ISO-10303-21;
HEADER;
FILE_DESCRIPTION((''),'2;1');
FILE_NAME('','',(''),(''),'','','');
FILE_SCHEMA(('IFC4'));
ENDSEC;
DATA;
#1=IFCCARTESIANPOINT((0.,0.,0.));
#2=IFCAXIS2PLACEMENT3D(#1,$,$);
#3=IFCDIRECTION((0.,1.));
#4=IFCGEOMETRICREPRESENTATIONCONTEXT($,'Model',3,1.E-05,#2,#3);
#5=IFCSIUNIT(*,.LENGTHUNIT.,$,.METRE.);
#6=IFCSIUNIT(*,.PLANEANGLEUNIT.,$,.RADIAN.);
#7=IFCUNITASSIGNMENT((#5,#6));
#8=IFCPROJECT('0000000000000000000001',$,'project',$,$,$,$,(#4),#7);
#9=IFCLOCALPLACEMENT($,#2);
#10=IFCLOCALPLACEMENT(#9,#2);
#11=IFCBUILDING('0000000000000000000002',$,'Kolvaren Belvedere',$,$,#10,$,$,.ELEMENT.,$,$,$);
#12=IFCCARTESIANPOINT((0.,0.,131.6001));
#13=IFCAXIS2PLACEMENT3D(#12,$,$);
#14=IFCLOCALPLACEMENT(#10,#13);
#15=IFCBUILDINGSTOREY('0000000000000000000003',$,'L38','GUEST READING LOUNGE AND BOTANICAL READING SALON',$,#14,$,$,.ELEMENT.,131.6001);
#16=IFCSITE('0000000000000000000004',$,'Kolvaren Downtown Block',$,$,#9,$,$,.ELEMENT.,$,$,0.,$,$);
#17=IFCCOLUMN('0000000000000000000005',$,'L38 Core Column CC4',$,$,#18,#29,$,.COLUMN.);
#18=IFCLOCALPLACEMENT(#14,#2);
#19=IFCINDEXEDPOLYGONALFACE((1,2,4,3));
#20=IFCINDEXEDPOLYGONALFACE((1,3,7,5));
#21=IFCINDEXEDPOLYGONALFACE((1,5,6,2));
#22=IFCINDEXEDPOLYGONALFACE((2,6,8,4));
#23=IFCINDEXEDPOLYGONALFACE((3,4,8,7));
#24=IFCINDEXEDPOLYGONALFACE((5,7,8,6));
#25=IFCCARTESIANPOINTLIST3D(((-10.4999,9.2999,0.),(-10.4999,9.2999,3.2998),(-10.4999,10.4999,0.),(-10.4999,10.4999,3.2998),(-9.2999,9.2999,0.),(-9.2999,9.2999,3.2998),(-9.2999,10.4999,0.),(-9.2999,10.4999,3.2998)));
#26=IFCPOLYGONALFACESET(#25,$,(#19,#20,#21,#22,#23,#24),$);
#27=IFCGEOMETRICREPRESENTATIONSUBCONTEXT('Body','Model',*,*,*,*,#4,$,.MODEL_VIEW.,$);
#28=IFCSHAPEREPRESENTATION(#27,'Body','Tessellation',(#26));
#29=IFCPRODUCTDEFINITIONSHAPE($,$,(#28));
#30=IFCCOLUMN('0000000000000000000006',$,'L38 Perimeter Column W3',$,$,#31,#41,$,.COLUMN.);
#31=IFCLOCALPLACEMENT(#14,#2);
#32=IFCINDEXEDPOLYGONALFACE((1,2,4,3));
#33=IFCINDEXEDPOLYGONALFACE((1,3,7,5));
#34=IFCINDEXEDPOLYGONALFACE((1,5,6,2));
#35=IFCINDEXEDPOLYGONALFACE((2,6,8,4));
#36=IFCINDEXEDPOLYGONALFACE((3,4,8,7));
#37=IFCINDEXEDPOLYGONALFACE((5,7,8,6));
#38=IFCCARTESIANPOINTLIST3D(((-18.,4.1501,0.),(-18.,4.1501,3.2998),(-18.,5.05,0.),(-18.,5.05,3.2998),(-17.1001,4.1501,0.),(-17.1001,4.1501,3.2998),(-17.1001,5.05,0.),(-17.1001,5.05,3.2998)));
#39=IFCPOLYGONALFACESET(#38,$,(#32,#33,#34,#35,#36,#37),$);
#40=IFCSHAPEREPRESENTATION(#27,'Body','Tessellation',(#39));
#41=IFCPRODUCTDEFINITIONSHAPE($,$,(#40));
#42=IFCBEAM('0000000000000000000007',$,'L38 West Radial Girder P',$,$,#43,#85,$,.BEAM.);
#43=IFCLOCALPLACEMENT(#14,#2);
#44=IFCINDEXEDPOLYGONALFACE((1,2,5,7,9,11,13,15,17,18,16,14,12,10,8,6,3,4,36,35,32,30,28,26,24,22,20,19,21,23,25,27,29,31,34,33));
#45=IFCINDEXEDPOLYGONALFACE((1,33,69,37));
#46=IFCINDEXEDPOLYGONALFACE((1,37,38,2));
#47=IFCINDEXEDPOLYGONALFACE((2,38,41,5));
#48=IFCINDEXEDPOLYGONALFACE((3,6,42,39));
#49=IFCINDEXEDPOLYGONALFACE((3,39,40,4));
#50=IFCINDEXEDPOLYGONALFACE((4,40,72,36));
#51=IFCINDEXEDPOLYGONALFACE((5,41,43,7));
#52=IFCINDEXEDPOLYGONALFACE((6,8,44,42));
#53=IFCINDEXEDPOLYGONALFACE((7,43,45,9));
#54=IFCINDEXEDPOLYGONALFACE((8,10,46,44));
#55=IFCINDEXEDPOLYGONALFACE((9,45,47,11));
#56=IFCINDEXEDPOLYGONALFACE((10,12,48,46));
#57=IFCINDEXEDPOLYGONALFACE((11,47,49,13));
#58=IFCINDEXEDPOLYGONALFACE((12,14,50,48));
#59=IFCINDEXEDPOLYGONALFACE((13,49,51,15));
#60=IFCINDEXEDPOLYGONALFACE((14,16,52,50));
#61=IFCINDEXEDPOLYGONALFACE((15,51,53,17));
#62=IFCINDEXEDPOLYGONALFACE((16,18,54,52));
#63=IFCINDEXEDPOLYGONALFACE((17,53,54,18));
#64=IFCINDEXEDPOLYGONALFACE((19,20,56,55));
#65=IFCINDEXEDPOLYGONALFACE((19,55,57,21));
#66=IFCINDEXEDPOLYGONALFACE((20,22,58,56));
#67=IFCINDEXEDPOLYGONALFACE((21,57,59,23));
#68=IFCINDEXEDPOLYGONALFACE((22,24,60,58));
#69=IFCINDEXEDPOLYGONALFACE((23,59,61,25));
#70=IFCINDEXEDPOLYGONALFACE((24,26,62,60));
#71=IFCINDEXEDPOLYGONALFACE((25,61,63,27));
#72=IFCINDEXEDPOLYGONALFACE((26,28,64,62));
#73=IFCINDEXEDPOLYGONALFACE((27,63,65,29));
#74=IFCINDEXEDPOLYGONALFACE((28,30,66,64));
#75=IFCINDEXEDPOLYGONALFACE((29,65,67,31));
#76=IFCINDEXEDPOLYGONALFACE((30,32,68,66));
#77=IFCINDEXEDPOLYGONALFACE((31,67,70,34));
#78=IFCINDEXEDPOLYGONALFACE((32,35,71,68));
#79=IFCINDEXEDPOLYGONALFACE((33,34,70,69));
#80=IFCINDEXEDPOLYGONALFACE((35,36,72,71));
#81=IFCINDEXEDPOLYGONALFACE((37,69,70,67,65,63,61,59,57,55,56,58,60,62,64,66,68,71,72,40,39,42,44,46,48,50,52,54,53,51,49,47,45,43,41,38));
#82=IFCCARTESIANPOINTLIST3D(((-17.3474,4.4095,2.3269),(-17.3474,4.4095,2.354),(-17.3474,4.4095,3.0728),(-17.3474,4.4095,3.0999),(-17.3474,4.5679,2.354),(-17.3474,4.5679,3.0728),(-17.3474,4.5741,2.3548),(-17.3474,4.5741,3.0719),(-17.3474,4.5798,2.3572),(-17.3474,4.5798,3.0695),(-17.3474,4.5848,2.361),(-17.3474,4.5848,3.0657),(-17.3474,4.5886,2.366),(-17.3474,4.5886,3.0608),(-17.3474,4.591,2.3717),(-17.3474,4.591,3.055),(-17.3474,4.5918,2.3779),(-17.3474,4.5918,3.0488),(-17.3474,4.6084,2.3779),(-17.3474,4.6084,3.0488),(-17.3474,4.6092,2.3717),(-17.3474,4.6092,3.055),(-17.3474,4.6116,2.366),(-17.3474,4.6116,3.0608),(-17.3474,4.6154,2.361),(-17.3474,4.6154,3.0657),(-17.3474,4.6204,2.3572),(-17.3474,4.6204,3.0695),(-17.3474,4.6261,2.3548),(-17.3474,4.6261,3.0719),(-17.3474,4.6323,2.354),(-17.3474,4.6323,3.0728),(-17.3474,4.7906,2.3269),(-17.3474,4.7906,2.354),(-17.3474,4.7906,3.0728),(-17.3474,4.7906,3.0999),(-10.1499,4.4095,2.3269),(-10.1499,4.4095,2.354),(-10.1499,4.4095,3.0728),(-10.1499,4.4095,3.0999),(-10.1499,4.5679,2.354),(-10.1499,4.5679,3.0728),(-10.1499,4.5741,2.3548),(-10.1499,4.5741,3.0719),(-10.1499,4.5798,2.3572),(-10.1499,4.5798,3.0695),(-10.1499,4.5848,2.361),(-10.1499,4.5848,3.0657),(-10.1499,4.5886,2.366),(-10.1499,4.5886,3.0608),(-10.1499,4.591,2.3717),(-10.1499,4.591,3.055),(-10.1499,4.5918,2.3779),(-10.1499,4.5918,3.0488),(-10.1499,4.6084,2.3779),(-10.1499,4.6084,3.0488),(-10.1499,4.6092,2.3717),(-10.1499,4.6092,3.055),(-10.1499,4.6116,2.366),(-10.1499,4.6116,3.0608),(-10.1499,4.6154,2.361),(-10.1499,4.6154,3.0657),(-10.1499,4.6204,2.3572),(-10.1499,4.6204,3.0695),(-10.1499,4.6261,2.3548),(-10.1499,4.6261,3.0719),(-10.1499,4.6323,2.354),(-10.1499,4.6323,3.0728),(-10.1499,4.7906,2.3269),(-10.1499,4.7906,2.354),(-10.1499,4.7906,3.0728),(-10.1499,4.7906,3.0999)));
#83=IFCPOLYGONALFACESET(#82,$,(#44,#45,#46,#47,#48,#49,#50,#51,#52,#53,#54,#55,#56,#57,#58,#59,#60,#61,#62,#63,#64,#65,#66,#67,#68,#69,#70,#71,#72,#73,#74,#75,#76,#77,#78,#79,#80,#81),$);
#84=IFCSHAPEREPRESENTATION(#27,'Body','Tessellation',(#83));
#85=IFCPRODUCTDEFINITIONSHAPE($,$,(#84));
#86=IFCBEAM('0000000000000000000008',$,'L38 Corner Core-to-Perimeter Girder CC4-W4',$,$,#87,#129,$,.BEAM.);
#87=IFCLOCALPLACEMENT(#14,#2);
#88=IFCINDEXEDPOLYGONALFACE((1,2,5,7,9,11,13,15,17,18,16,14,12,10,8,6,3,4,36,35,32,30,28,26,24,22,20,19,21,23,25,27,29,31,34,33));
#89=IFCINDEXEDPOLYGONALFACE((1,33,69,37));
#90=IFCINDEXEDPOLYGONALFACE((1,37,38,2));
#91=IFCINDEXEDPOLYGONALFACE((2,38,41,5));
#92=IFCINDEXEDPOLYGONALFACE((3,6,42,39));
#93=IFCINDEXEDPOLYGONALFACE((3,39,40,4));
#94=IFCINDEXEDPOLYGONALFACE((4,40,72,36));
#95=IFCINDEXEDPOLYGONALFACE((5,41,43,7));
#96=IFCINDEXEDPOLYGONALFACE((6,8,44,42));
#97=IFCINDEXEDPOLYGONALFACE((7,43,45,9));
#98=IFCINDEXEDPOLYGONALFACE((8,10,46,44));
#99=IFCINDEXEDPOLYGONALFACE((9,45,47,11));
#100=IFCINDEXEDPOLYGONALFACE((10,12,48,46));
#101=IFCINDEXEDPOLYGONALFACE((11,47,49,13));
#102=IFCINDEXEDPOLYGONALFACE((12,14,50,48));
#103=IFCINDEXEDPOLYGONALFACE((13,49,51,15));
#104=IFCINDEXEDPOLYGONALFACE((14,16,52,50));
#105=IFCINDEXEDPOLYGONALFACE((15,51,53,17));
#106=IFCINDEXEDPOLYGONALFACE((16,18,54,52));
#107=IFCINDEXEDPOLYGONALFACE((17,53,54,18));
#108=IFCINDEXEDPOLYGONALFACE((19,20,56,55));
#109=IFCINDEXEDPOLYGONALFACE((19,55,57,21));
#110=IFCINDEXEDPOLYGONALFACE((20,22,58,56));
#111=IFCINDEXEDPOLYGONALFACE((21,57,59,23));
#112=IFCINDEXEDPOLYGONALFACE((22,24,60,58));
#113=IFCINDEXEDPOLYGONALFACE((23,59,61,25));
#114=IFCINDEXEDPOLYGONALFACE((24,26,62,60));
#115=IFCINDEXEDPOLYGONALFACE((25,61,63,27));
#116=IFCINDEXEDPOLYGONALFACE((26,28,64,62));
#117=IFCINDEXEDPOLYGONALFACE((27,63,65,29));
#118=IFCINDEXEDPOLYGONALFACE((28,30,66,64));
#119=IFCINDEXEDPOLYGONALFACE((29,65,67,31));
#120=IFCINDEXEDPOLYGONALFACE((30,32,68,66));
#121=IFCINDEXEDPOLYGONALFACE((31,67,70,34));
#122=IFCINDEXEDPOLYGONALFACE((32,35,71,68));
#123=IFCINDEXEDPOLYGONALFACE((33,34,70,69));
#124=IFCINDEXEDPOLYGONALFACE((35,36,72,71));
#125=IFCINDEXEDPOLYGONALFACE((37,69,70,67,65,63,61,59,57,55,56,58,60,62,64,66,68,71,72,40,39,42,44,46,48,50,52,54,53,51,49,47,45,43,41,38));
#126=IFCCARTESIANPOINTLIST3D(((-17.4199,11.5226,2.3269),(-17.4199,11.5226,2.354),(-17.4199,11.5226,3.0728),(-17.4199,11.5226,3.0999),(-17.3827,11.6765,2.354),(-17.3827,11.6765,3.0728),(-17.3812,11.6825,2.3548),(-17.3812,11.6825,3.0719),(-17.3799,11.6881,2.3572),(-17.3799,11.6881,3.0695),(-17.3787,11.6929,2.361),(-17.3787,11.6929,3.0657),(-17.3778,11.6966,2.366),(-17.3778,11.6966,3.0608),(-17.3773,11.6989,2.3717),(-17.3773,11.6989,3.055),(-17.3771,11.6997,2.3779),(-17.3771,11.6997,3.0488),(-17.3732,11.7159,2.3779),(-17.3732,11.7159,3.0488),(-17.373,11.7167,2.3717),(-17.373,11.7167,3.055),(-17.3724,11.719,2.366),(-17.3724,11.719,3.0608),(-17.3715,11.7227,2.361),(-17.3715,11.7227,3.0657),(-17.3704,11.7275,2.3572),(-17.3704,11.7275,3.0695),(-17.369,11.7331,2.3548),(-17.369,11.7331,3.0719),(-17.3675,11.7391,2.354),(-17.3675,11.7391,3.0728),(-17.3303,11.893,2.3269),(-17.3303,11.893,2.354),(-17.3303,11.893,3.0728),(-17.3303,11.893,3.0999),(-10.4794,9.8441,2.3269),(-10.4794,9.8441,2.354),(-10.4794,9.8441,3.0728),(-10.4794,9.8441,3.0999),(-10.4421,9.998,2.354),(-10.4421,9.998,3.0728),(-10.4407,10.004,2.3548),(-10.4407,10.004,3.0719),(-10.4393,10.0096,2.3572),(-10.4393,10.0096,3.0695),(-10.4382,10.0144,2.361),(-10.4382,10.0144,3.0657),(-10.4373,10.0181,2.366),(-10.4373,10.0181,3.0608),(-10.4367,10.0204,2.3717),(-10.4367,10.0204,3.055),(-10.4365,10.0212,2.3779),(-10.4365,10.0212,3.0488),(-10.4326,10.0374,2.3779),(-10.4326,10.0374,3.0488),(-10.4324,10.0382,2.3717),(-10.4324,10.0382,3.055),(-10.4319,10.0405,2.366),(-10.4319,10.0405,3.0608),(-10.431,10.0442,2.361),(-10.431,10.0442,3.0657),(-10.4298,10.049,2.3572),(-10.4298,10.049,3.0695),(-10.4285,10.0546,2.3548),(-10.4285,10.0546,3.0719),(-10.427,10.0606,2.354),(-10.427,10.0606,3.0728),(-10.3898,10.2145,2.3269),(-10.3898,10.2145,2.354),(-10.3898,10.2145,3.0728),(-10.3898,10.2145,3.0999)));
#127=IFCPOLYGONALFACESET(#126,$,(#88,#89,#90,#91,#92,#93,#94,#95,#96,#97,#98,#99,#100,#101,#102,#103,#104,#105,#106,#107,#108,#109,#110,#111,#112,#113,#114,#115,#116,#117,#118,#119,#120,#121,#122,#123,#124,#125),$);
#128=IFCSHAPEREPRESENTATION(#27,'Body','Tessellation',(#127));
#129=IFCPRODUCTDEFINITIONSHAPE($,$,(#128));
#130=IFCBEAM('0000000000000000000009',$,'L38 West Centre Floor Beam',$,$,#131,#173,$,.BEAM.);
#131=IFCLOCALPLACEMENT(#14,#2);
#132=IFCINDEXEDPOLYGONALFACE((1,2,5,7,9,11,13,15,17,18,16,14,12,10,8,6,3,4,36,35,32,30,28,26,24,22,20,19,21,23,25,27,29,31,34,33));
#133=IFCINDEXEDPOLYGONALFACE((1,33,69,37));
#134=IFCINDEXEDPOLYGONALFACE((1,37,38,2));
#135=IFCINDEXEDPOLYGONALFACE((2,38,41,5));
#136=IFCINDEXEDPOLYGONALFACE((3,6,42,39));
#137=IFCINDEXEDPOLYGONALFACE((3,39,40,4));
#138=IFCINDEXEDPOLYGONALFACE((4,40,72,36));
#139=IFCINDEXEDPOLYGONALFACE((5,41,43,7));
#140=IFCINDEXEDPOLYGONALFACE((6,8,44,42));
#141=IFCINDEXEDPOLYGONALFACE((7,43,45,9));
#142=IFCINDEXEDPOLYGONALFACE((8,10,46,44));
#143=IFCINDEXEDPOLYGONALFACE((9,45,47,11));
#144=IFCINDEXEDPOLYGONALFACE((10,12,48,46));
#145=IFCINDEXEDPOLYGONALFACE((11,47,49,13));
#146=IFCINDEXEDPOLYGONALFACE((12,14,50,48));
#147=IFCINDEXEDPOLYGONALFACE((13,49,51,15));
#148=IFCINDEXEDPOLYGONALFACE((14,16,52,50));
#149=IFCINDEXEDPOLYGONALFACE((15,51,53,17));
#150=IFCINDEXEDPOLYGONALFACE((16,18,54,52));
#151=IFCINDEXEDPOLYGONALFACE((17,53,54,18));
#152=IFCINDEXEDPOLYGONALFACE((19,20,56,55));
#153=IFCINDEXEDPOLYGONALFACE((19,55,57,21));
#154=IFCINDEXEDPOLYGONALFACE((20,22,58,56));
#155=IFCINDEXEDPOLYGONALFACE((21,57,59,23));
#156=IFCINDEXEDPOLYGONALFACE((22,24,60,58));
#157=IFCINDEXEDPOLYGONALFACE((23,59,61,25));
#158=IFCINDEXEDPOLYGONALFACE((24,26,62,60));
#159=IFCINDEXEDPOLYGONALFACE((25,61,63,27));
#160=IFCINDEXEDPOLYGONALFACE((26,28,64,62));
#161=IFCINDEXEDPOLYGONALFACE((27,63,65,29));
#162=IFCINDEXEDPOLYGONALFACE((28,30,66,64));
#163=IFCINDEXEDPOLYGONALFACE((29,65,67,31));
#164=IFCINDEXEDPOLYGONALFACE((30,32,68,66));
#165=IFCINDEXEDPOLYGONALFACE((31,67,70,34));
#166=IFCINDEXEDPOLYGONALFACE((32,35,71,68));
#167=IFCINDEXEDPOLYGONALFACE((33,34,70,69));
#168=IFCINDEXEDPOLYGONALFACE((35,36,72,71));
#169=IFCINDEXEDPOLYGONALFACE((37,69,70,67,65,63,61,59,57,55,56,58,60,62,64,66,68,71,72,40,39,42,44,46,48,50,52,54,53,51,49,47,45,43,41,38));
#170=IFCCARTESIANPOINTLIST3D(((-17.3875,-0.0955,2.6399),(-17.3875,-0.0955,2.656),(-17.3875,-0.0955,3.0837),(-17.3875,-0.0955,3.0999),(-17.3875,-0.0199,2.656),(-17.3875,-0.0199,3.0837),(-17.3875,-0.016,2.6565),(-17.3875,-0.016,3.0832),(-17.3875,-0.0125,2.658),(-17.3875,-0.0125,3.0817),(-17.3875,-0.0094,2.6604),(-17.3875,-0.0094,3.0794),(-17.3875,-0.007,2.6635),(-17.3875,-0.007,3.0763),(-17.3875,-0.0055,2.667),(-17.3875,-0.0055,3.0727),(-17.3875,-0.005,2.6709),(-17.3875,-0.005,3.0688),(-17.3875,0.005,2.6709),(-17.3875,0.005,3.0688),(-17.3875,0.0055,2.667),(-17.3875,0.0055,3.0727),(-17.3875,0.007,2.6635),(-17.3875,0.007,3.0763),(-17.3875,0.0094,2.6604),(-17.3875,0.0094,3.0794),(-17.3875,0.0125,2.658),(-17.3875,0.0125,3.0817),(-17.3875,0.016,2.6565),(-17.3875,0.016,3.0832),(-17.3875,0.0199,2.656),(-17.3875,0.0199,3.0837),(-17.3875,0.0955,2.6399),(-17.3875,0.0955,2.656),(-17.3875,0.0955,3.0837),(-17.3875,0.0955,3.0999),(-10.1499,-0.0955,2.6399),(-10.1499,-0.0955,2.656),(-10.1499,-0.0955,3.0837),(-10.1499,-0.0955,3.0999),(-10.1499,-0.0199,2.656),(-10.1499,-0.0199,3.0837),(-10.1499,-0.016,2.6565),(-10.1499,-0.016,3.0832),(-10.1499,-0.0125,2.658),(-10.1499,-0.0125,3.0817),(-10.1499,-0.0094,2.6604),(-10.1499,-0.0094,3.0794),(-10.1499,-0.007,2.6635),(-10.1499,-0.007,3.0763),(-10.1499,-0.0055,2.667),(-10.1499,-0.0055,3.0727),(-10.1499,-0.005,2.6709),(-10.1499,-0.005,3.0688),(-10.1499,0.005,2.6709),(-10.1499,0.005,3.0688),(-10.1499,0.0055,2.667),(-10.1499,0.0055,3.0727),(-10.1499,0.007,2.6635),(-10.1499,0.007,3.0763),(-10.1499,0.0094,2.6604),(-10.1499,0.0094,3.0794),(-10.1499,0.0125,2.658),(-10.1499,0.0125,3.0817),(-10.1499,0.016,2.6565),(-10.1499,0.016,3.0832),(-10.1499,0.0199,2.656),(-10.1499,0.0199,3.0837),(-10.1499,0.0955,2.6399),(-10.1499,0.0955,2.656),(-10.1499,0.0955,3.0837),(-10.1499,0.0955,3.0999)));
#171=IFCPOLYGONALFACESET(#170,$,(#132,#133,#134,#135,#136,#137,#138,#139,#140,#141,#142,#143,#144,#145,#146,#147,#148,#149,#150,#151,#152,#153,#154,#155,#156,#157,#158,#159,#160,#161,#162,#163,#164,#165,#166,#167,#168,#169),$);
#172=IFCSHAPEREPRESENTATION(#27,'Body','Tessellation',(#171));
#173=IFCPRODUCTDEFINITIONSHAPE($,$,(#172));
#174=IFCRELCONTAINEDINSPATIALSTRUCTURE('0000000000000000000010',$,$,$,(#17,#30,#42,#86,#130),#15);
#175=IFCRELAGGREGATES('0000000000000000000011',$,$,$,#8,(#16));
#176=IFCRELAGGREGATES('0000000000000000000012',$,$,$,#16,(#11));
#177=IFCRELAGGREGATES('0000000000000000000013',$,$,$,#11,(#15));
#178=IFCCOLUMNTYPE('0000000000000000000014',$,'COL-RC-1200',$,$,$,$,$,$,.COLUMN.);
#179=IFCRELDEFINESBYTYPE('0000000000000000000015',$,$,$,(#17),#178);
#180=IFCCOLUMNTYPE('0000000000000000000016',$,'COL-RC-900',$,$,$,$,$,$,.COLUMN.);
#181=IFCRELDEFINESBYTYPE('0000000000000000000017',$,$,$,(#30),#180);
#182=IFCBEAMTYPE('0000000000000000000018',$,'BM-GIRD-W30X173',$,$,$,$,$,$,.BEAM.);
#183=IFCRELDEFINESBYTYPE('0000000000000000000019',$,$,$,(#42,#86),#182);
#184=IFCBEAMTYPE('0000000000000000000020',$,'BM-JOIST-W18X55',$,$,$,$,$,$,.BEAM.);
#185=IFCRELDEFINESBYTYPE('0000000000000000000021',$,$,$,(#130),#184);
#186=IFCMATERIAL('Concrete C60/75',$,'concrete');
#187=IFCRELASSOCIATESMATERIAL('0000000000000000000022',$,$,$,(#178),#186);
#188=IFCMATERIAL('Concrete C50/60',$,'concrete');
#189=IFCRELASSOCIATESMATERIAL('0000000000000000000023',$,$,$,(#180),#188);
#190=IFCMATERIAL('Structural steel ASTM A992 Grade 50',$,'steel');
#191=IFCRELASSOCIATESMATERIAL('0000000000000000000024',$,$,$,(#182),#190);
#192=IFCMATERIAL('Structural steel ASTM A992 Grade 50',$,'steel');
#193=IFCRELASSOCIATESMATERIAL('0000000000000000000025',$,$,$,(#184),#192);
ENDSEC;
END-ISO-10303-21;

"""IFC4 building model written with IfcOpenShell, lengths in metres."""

from ifc_helpers import new_model, si_unit, direction, frame, origin, origin_2d, place, context, subcontext, project, spatial, rectangle, i_section, extrude, material, material_profile, profile_set, type_object, element, save


model = new_model("IFC4")

# Units and contexts
model_context = context("Model", 3, precision=1e-05, world=origin(), true_north=direction((0.0, 1.0)))
body_context = subcontext(model_context, "Body", "Model", "MODEL_VIEW")
ifc_project = project(units=[si_unit("LENGTHUNIT", "METRE"), si_unit("PLANEANGLEUNIT", "RADIAN")], contexts=[model_context])

# Site, building, storey
site_placement = place(None, origin())
site = spatial("IfcSite", under=ifc_project, at=site_placement, Name="Kolvaren Downtown Block", CompositionType="ELEMENT", RefElevation=0.0)
building_placement = place(site_placement, origin())
building = spatial("IfcBuilding", under=site, at=building_placement, Name="Kolvaren Belvedere", CompositionType="ELEMENT")
storey_placement = place(building_placement, frame((0.0, 0.0, 131.6001)))
storey = spatial("IfcBuildingStorey", under=building, at=storey_placement, Name="L38", Description="GUEST READING LOUNGE AND BOTANICAL READING SALON", CompositionType="ELEMENT", Elevation=131.6001)

# Columns
ifc_material_1 = material(Name="Concrete C60/75", Category="concrete")
ifc_material_profile_1 = material_profile(ifc_material_1, rectangle(XDim=1.2, YDim=1.2, at=origin_2d()), Name="RC 1200X1200")
ifc_profile_set_1 = profile_set([ifc_material_profile_1], Name="Concrete C60/75")
column_type_1 = type_object("IfcColumnType", Name="COL-RC-1200", PredefinedType="COLUMN", material=ifc_profile_set_1)
column_1_placement = place(storey_placement, frame((-9.8999, 9.8999, 0.0), z_axis=(0.0, 0.0, 1.0), x_axis=(1.0, 0.0, 0.0)))
element("IfcColumn", 1, at=column_1_placement, inside=storey, type_object=column_type_1, Name="L38 Core Column CC4", PredefinedType="COLUMN", context=body_context, shape_type="SweptSolid", body=[
    extrude(rectangle(XDim=1.2, YDim=1.2, at=origin_2d()), origin(), (0.0, 0.0, 1.0), 3.2998),
])
ifc_material_2 = material(Name="Concrete C50/60", Category="concrete")
ifc_material_profile_2 = material_profile(ifc_material_2, rectangle(XDim=0.8999, YDim=0.8999, at=origin_2d()), Name="RC 900X900")
ifc_profile_set_2 = profile_set([ifc_material_profile_2], Name="Concrete C50/60")
column_type_2 = type_object("IfcColumnType", Name="COL-RC-900", PredefinedType="COLUMN", material=ifc_profile_set_2)
column_2_placement = place(storey_placement, frame((-17.55, 4.6001, 0.0), z_axis=(0.0, 0.0, 1.0), x_axis=(1.0, 0.0, 0.0)))
element("IfcColumn", 2, at=column_2_placement, inside=storey, type_object=column_type_2, Name="L38 Perimeter Column W3", PredefinedType="COLUMN", context=body_context, shape_type="SweptSolid", body=[
    extrude(rectangle(XDim=0.8999, YDim=0.8999, at=origin_2d()), origin(), (0.0, 0.0, 1.0), 3.2998),
])

# Beams
ifc_material_3 = material(Name="Structural steel ASTM A992 Grade 50", Category="steel")
ifc_material_profile_3 = material_profile(ifc_material_3, i_section(OverallWidth=0.3811, OverallDepth=0.7729, WebThickness=0.0166, FlangeThickness=0.0271, FilletRadius=0.0239, at=origin_2d()), Name="W30X173")
ifc_profile_set_3 = profile_set([ifc_material_profile_3], Name="Structural steel ASTM A992 Grade 50")
beam_type_1 = type_object("IfcBeamType", Name="BM-GIRD-W30X173", PredefinedType="BEAM", material=ifc_profile_set_3)
beam_1_placement = place(storey_placement, frame((-10.1499, 4.6001, 2.7134), z_axis=(-1.0, 0.0, 0.0), x_axis=(0.0, -1.0, 0.0)))
element("IfcBeam", 3, at=beam_1_placement, inside=storey, type_object=beam_type_1, Name="L38 West Radial Girder P", PredefinedType="BEAM", context=body_context, shape_type="SweptSolid", body=[
    extrude(i_section(OverallWidth=0.3811, OverallDepth=0.7729, WebThickness=0.0166, FlangeThickness=0.0271, FilletRadius=0.0239, at=origin_2d()), origin(), (0.0, 0.0, 1.0), 7.1975),
])
beam_2_placement = place(storey_placement, frame((-10.4346, 10.0293, 2.7134), z_axis=(-0.97198, 0.235063, 0.0), x_axis=(-0.235063, -0.97198, 0.0)))
element("IfcBeam", 4, at=beam_2_placement, inside=storey, type_object=beam_type_1, Name="L38 Corner Core-to-Perimeter Girder CC4-W4", PredefinedType="BEAM", context=body_context, shape_type="SweptSolid", body=[
    extrude(i_section(OverallWidth=0.3811, OverallDepth=0.7729, WebThickness=0.0166, FlangeThickness=0.0271, FilletRadius=0.0239, at=origin_2d()), origin(), (0.0, 0.0, 1.0), 7.1406),
])
ifc_material_4 = material(Name="Structural steel ASTM A992 Grade 50", Category="steel")
ifc_material_profile_4 = material_profile(ifc_material_4, i_section(OverallWidth=0.1909, OverallDepth=0.46, WebThickness=0.01, FlangeThickness=0.0161, FilletRadius=0.0149, at=origin_2d()), Name="W18X55")
ifc_profile_set_4 = profile_set([ifc_material_profile_4], Name="Structural steel ASTM A992 Grade 50")
beam_type_2 = type_object("IfcBeamType", Name="BM-JOIST-W18X55", PredefinedType="BEAM", material=ifc_profile_set_4)
beam_3_placement = place(storey_placement, frame((-10.1499, 0.0, 2.8699), z_axis=(-1.0, 0.0, 0.0), x_axis=(0.0, -1.0, 0.0)))
element("IfcBeam", 5, at=beam_3_placement, inside=storey, type_object=beam_type_2, Name="L38 West Centre Floor Beam", PredefinedType="BEAM", context=body_context, shape_type="SweptSolid", body=[
    extrude(i_section(OverallWidth=0.1909, OverallDepth=0.46, WebThickness=0.01, FlangeThickness=0.0161, FilletRadius=0.0149, at=origin_2d()), origin(), (0.0, 0.0, 1.0), 7.2375),
])

save(model, "model.ifc")
